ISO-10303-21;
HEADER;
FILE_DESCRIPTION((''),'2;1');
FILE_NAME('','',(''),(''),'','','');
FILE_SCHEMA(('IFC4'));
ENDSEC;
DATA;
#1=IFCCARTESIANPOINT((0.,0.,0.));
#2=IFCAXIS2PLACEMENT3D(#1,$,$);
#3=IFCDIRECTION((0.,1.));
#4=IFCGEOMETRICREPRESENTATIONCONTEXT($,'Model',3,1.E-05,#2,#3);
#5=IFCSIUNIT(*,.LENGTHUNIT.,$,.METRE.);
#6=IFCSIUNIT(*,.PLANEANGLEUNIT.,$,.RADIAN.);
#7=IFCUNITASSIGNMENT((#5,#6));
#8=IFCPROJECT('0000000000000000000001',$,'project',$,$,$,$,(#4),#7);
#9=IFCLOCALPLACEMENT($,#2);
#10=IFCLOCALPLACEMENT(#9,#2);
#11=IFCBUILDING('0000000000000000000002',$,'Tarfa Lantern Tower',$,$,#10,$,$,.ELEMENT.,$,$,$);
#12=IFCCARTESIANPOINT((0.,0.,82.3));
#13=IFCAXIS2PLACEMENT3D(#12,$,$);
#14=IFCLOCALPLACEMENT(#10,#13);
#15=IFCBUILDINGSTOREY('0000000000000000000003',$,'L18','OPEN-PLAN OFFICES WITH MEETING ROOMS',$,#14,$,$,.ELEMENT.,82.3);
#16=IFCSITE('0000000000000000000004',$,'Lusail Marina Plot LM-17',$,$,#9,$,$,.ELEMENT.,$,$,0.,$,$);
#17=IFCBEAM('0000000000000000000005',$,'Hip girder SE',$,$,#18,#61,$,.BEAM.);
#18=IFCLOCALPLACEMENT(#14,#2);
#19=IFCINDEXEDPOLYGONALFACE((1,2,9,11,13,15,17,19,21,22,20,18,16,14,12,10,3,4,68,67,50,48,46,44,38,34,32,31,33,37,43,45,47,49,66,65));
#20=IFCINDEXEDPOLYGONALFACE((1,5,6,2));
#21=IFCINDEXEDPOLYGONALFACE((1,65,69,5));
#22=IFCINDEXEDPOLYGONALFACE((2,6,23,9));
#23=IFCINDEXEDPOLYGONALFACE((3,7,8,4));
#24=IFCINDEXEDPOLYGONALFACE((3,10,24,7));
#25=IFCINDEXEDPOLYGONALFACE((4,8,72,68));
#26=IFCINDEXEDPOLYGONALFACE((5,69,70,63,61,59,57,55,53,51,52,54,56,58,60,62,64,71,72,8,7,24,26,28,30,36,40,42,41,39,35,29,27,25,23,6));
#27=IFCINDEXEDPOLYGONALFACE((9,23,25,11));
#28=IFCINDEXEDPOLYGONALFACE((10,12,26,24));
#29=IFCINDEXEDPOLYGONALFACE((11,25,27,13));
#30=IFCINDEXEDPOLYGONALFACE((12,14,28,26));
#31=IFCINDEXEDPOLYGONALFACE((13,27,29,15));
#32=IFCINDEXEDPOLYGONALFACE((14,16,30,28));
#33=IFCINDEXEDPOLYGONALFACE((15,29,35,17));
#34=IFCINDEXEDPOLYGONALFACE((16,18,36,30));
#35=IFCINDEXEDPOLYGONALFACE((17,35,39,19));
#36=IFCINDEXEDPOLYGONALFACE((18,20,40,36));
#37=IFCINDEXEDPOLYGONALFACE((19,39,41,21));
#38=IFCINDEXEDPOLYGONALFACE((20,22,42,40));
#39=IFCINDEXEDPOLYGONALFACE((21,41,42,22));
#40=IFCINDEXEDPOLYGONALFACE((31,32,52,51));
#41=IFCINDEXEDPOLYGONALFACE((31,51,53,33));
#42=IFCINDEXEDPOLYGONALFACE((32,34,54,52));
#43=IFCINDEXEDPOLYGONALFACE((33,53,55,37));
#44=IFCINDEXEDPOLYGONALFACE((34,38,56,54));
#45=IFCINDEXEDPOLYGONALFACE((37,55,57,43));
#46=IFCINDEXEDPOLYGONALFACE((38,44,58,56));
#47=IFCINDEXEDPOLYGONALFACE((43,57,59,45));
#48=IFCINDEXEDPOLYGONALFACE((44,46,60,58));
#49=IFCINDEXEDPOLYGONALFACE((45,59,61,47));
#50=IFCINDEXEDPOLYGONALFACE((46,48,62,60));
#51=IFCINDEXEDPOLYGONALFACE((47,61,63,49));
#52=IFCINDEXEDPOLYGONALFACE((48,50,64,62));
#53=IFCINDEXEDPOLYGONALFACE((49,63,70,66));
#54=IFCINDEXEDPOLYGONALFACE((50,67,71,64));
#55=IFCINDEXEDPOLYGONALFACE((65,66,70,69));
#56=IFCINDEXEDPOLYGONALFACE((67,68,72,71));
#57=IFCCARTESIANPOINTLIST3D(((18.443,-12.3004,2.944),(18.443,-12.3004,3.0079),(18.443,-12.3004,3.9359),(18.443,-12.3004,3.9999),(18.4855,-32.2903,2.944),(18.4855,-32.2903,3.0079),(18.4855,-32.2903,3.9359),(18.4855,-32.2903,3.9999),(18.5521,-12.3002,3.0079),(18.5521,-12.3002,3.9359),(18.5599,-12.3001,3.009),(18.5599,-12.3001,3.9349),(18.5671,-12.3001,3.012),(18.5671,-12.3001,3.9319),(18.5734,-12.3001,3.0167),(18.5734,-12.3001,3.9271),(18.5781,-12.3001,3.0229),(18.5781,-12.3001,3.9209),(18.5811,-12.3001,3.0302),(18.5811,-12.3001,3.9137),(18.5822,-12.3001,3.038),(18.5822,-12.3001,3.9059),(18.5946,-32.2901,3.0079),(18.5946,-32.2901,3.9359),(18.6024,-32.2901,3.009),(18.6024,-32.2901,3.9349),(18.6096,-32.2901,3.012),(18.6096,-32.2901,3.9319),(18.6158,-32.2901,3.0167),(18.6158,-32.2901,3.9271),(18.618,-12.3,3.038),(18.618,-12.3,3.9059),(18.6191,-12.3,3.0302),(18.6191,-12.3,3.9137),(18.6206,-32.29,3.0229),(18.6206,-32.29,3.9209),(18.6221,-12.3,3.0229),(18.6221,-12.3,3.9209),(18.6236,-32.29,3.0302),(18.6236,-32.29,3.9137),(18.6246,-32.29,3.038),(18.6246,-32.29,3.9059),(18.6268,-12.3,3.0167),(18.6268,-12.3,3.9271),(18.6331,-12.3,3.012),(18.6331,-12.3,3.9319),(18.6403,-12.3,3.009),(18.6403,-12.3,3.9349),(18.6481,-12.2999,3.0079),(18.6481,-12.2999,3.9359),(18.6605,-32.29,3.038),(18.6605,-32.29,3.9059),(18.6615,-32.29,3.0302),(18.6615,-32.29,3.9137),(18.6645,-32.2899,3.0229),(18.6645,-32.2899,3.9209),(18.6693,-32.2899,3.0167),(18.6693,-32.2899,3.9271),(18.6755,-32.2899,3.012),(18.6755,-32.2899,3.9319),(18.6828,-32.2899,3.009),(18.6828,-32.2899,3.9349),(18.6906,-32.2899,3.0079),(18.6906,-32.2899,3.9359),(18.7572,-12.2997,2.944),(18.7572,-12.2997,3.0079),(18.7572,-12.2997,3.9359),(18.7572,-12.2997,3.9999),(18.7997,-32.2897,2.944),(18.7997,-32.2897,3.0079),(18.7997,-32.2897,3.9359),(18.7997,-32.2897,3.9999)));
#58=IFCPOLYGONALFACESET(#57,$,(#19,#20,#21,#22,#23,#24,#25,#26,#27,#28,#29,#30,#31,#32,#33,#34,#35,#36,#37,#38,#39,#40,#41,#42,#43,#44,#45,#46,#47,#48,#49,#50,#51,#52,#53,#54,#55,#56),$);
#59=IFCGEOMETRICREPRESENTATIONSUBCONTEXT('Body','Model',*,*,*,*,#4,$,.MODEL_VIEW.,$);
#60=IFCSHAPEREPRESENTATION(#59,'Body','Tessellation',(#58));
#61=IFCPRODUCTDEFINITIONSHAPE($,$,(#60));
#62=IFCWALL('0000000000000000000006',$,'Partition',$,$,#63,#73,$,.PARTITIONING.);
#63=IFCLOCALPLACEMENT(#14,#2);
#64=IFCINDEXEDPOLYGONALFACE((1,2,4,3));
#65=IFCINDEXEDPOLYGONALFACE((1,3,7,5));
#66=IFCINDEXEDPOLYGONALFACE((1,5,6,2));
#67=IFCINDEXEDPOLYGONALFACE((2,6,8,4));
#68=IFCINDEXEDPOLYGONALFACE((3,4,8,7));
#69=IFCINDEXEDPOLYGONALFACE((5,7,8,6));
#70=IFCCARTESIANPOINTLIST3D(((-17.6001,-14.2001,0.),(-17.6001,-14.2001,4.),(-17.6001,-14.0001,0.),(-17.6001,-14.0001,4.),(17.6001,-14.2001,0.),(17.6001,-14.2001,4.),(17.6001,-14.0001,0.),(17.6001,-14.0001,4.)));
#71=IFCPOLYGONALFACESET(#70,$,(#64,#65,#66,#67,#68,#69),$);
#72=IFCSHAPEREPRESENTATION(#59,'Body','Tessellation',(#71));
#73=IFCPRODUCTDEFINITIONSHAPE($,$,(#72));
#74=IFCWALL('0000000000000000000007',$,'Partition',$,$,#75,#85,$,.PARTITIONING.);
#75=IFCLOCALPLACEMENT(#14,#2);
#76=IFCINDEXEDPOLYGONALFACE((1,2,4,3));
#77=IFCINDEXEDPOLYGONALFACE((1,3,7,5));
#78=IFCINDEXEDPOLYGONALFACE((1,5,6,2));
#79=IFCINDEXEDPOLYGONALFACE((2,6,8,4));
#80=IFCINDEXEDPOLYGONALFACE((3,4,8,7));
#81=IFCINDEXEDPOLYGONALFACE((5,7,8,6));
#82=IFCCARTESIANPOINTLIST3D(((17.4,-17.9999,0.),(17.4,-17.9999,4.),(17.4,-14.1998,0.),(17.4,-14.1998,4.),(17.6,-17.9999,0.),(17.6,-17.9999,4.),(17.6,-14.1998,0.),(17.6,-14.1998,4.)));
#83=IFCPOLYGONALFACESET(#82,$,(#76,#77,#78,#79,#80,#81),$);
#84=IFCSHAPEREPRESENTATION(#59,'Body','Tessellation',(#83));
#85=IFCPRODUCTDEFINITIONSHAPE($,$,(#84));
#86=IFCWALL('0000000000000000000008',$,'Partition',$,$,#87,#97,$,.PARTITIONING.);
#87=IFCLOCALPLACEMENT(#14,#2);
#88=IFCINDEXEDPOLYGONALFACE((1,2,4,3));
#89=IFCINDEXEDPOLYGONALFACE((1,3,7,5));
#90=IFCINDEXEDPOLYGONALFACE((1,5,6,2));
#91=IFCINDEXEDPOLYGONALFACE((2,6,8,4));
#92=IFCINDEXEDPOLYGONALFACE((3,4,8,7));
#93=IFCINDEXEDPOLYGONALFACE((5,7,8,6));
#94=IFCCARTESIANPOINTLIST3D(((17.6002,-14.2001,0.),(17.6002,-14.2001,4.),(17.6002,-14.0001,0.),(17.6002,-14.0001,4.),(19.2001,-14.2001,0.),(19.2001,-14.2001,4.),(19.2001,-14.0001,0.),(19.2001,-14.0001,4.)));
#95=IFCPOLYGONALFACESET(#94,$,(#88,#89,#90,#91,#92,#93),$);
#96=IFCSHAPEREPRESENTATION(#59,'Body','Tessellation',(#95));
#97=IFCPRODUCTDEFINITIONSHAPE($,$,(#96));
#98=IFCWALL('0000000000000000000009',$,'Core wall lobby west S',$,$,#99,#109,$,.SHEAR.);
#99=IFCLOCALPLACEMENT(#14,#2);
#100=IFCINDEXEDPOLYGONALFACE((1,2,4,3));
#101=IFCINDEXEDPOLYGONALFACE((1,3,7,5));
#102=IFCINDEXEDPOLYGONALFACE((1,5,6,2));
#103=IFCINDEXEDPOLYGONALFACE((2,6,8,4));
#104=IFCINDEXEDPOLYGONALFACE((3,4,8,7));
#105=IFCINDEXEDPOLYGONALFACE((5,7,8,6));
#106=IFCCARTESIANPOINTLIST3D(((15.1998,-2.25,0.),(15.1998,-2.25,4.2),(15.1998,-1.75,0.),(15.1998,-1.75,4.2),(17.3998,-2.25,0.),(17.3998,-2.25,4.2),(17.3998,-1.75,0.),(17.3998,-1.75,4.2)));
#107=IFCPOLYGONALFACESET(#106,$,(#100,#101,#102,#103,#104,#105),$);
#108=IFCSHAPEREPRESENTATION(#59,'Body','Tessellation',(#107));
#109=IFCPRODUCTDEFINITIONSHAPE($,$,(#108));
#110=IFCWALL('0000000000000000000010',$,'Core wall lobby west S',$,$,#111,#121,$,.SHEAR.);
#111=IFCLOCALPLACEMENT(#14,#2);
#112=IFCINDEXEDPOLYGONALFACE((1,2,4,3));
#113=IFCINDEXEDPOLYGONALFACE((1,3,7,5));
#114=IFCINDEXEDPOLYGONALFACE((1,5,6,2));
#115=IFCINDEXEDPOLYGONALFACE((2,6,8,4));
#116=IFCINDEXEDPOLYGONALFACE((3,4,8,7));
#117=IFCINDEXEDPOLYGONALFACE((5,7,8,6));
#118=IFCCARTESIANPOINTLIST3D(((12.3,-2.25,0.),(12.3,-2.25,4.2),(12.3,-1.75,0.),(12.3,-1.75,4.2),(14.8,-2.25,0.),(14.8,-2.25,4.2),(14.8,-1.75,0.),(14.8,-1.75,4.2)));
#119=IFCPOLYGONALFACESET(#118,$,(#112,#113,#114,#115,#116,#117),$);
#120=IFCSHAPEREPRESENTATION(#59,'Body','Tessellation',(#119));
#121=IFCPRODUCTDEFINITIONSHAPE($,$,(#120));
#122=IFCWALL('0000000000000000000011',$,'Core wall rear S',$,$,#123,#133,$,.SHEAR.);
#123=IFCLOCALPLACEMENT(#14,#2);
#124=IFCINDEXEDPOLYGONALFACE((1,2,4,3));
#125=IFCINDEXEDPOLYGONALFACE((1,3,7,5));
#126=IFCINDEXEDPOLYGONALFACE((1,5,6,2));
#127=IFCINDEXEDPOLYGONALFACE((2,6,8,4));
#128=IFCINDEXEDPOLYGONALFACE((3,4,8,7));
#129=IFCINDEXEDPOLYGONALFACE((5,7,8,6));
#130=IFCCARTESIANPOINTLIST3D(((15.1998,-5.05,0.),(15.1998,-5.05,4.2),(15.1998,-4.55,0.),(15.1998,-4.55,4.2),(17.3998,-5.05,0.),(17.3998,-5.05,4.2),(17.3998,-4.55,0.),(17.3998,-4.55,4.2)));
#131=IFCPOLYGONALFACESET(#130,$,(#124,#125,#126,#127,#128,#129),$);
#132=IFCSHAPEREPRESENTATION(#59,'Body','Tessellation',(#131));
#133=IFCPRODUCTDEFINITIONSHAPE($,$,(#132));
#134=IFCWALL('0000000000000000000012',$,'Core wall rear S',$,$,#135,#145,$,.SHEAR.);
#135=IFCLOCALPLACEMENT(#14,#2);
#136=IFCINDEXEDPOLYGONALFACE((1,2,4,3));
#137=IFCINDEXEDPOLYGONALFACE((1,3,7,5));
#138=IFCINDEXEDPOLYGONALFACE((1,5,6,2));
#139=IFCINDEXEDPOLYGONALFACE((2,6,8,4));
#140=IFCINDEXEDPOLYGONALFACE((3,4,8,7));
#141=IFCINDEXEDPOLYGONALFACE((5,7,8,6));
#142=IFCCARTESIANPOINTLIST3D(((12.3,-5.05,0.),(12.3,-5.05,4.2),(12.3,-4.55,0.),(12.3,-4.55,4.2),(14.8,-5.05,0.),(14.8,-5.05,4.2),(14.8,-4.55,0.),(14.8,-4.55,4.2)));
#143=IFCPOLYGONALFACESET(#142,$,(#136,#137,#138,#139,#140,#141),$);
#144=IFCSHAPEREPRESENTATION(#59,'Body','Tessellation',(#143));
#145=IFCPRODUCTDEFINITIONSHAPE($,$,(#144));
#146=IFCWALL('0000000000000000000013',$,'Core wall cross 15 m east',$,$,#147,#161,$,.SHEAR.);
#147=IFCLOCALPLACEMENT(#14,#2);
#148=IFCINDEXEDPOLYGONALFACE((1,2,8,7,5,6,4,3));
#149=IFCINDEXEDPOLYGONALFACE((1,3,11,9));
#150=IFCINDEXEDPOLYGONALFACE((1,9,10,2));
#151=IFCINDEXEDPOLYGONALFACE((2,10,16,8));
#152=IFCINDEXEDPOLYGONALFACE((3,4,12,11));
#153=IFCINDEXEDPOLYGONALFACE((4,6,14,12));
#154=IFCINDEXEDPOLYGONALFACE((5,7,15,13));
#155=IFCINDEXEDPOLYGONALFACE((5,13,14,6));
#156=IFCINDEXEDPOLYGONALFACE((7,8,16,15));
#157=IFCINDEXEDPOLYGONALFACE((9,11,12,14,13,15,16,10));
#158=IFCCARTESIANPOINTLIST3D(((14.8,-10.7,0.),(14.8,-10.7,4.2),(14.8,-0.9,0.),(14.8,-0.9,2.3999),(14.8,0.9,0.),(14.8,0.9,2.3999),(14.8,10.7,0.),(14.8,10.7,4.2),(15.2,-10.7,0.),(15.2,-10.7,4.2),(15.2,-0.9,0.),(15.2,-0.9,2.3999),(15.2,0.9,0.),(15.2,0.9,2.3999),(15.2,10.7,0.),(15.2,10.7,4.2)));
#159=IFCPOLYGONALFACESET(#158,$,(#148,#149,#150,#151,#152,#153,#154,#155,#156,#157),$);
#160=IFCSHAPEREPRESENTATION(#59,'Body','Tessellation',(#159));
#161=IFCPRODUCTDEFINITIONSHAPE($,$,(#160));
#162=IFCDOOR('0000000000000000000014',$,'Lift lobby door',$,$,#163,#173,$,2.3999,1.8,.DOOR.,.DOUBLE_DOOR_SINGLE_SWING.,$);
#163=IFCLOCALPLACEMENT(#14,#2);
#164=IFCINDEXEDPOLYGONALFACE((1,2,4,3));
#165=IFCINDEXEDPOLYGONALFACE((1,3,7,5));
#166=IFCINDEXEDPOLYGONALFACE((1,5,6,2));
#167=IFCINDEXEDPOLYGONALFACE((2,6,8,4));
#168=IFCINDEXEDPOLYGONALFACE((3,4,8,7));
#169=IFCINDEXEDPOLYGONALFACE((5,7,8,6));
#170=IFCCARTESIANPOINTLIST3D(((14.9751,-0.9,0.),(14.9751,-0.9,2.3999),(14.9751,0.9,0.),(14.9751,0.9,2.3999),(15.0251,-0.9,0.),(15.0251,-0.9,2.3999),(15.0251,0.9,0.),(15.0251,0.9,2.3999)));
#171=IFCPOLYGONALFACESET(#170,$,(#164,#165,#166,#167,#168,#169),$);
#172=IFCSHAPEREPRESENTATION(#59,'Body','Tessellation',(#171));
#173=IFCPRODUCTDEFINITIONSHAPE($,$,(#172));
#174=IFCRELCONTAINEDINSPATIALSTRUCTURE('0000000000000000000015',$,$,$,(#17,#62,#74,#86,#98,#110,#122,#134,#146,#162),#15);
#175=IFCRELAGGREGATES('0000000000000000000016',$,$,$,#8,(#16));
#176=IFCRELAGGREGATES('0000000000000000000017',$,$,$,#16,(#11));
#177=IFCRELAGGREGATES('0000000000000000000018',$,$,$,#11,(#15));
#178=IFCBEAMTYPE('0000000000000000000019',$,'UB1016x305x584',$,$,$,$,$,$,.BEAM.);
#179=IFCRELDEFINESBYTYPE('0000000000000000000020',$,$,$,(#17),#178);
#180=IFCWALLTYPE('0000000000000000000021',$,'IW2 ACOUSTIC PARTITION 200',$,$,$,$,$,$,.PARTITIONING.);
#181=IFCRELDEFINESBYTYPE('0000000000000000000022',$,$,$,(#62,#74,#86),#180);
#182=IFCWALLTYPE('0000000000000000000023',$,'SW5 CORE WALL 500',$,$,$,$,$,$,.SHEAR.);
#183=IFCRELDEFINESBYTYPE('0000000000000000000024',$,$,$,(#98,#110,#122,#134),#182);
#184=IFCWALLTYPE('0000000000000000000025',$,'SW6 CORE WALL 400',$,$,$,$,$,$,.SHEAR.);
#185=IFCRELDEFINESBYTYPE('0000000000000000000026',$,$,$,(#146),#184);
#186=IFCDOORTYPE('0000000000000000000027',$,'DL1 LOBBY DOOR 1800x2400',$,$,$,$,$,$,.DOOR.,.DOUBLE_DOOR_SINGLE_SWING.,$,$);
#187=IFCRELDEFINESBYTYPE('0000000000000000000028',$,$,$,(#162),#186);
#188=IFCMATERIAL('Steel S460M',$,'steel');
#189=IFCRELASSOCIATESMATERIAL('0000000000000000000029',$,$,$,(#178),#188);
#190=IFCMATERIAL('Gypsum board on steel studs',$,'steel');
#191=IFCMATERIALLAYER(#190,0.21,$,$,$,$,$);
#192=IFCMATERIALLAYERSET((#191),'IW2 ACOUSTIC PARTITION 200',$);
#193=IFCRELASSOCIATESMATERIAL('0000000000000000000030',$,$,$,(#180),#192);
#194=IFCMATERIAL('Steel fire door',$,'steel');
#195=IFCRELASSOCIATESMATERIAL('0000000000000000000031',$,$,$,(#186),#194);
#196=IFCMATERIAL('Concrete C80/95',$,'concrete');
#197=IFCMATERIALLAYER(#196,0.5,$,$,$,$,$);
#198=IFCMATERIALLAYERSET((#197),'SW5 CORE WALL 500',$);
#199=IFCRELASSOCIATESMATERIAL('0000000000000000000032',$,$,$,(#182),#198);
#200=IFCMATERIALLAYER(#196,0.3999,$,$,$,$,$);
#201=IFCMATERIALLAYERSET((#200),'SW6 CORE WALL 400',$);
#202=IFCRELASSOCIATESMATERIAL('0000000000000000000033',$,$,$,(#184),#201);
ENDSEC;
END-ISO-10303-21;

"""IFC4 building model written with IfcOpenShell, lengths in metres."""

from ifc_helpers import new_model, si_unit, direction, frame, frame_2d, origin, origin_2d, place, context, subcontext, project, spatial, rectangle, i_section, extrude, material, layer, layer_set, material_profile, profile_set, type_object, element, fill, save


model = new_model("IFC4")

# Units and contexts
model_context = context("Model", 3, precision=1e-05, world=origin(), true_north=direction((0.0, 1.0)))
body_context = subcontext(model_context, "Body", "Model", "MODEL_VIEW")
ifc_project = project(units=[si_unit("LENGTHUNIT", "METRE"), si_unit("PLANEANGLEUNIT", "RADIAN")], contexts=[model_context])

# Site, building, storey
site_placement = place(None, origin())
site = spatial("IfcSite", under=ifc_project, at=site_placement, Name="Lusail Marina Plot LM-17", CompositionType="ELEMENT", RefElevation=0.0)
building_placement = place(site_placement, origin())
building = spatial("IfcBuilding", under=site, at=building_placement, Name="Tarfa Lantern Tower", CompositionType="ELEMENT")
storey_placement = place(building_placement, frame((0.0, 0.0, 82.3)))
storey = spatial("IfcBuildingStorey", under=building, at=storey_placement, Name="L18", Description="OPEN-PLAN OFFICES WITH MEETING ROOMS", CompositionType="ELEMENT", Elevation=82.3)

# Beam
ifc_material_1 = material(Name="Steel S460M", Category="steel")
ifc_material_profile = material_profile(ifc_material_1, i_section(OverallWidth=0.3142, OverallDepth=1.0559, WebThickness=0.0359, FlangeThickness=0.064, FilletRadius=0.03, at=origin_2d()), Name="UB1016x305x584")
ifc_profile_set = profile_set([ifc_material_profile], Name="Steel S460M")
beam_type = type_object("IfcBeamType", Name="UB1016x305x584", PredefinedType="BEAM", material=ifc_profile_set)
beam_placement = place(storey_placement, frame((18.6001, -12.3, 3.4719), z_axis=(0.002125, -0.999998, 0.0), x_axis=(0.999998, 0.002125, 0.0)))
element("IfcBeam", 1, at=beam_placement, inside=storey, type_object=beam_type, Name="Hip girder SE", PredefinedType="BEAM", context=body_context, shape_type="SweptSolid", body=[
    extrude(i_section(OverallWidth=0.3142, OverallDepth=1.0559, WebThickness=0.0359, FlangeThickness=0.064, FilletRadius=0.03, at=origin_2d()), origin(), (0.0, 0.0, 1.0), 19.99),
])

# Walls
ifc_material_2 = material(Name="Gypsum board on steel studs", Category="steel")
ifc_layer_1 = layer(ifc_material_2, 0.21)
ifc_layer_set_1 = layer_set([ifc_layer_1], Name="IW2 ACOUSTIC PARTITION 200")
wall_type_1 = type_object("IfcWallType", Name="IW2 ACOUSTIC PARTITION 200", PredefinedType="PARTITIONING", material=ifc_layer_set_1)
wall_1_placement = place(storey_placement, frame((17.6001, -14.1001, 0.0), z_axis=(0.0, 0.0, 1.0), x_axis=(-1.0, 0.0, 0.0)))
element("IfcWall", 2, at=wall_1_placement, inside=storey, type_object=wall_type_1, Name="Partition", PredefinedType="PARTITIONING", context=body_context, shape_type="SweptSolid", body=[
    extrude(rectangle(XDim=35.2002, YDim=0.2, at=frame_2d((17.6001, 0.0))), origin(), (0.0, 0.0, 1.0), 4.0),
])
wall_2_placement = place(storey_placement, frame((17.5, -14.2, 0.0), z_axis=(0.0, 0.0, 1.0), x_axis=(0.0, -1.0, 0.0)))
element("IfcWall", 3, at=wall_2_placement, inside=storey, type_object=wall_type_1, Name="Partition", PredefinedType="PARTITIONING", context=body_context, shape_type="SweptSolid", body=[
    extrude(rectangle(XDim=3.8, YDim=0.2, at=frame_2d((1.8999, 0.0))), origin(), (0.0, 0.0, 1.0), 4.0),
])
wall_3_placement = place(storey_placement, frame((19.2, -14.1001, 0.0), z_axis=(0.0, 0.0, 1.0), x_axis=(-1.0, 0.0, 0.0)))
element("IfcWall", 4, at=wall_3_placement, inside=storey, type_object=wall_type_1, Name="Partition", PredefinedType="PARTITIONING", context=body_context, shape_type="SweptSolid", body=[
    extrude(rectangle(XDim=1.5999, YDim=0.2, at=frame_2d((0.7998, 0.0))), origin(), (0.0, 0.0, 1.0), 4.0),
])

# Shared definitions
ifc_material_3 = material(Name="Concrete C80/95", Category="concrete")
ifc_material_4 = material(Name="Steel fire door", Category="steel")
door_type_1 = type_object("IfcDoorType", Name="DL1 LOBBY DOOR 1800x2400", OperationType="DOUBLE_DOOR_SINGLE_SWING", PredefinedType="DOOR", material=ifc_material_4)

# Walls
ifc_layer_2 = layer(ifc_material_3, 0.5)
ifc_layer_set_2 = layer_set([ifc_layer_2], Name="SW5 CORE WALL 500")
wall_type_2 = type_object("IfcWallType", Name="SW5 CORE WALL 500", PredefinedType="SHEAR", material=ifc_layer_set_2)
wall_4_placement = place(storey_placement, frame((17.3999, -2.0, 0.0), z_axis=(0.0, 0.0, 1.0), x_axis=(-1.0, 0.0, 0.0)))
element("IfcWall", 5, at=wall_4_placement, inside=storey, type_object=wall_type_2, Name="Core wall lobby west S", PredefinedType="SHEAR", context=body_context, shape_type="SweptSolid", body=[
    extrude(rectangle(XDim=2.2, YDim=0.5, at=frame_2d((1.1001, 0.0))), origin(), (0.0, 0.0, 1.0), 4.2),
])
wall_5_placement = place(storey_placement, frame((14.8, -2.0, 0.0), z_axis=(0.0, 0.0, 1.0), x_axis=(-1.0, 0.0, 0.0)))
element("IfcWall", 6, at=wall_5_placement, inside=storey, type_object=wall_type_2, Name="Core wall lobby west S", PredefinedType="SHEAR", context=body_context, shape_type="SweptSolid", body=[
    extrude(rectangle(XDim=2.5, YDim=0.5, at=frame_2d((1.25, 0.0))), origin(), (0.0, 0.0, 1.0), 4.2),
])
wall_6_placement = place(storey_placement, frame((17.3999, -4.8, 0.0), z_axis=(0.0, 0.0, 1.0), x_axis=(-1.0, 0.0, 0.0)))
element("IfcWall", 7, at=wall_6_placement, inside=storey, type_object=wall_type_2, Name="Core wall rear S", PredefinedType="SHEAR", context=body_context, shape_type="SweptSolid", body=[
    extrude(rectangle(XDim=2.2, YDim=0.5, at=frame_2d((1.1001, 0.0))), origin(), (0.0, 0.0, 1.0), 4.2),
])
wall_7_placement = place(storey_placement, frame((14.8, -4.8, 0.0), z_axis=(0.0, 0.0, 1.0), x_axis=(-1.0, 0.0, 0.0)))
element("IfcWall", 8, at=wall_7_placement, inside=storey, type_object=wall_type_2, Name="Core wall rear S", PredefinedType="SHEAR", context=body_context, shape_type="SweptSolid", body=[
    extrude(rectangle(XDim=2.5, YDim=0.5, at=frame_2d((1.25, 0.0))), origin(), (0.0, 0.0, 1.0), 4.2),
])

# Wall, opening, door
ifc_layer_3 = layer(ifc_material_3, 0.3999)
ifc_layer_set_3 = layer_set([ifc_layer_3], Name="SW6 CORE WALL 400")
wall_type_3 = type_object("IfcWallType", Name="SW6 CORE WALL 400", PredefinedType="SHEAR", material=ifc_layer_set_3)
wall_8_placement = place(storey_placement, frame((15.0, -10.7, 0.0), z_axis=(0.0, 0.0, 1.0), x_axis=(0.0, 1.0, 0.0)))
wall_8 = element("IfcWall", 9, at=wall_8_placement, inside=storey, type_object=wall_type_3, Name="Core wall cross 15 m east", PredefinedType="SHEAR", context=body_context, shape_type="SweptSolid", body=[
    extrude(rectangle(XDim=21.3999, YDim=0.3999, at=frame_2d((10.7, 0.0))), origin(), (0.0, 0.0, 1.0), 4.2),
])
opening_1_placement = place(wall_8_placement, frame((9.8, 0.0, 0.0)))
opening_1 = element("IfcOpeningElement", 10, at=opening_1_placement, cuts=wall_8, PredefinedType="OPENING", context=body_context, shape_type="SweptSolid", body=[
    extrude(rectangle(XDim=1.8, YDim=2.3999, at=frame_2d((0.8999, 1.2))), frame((0.0, 0.21, 0.0), z_axis=(0.0, -1.0, 0.0), x_axis=(1.0, 0.0, 0.0)), (0.0, 0.0, 1.0), 0.4199),
])
door_1_placement = place(opening_1_placement, origin())
door_1 = element("IfcDoor", 11, at=door_1_placement, inside=storey, type_object=door_type_1, Name="Lift lobby door", OperationType="DOUBLE_DOOR_SINGLE_SWING", OverallHeight=2.3999, OverallWidth=1.8, PredefinedType="DOOR", context=body_context, shape_type="SweptSolid", body=[
    extrude(rectangle(XDim=1.8, YDim=2.3999, at=frame_2d((0.8999, 1.2))), frame((0.0, 0.0249, 0.0), z_axis=(0.0, -1.0, 0.0), x_axis=(1.0, 0.0, 0.0)), (0.0, 0.0, 1.0), 0.05),
])
fill(opening_1, door_1)

save(model, "model.ifc")
